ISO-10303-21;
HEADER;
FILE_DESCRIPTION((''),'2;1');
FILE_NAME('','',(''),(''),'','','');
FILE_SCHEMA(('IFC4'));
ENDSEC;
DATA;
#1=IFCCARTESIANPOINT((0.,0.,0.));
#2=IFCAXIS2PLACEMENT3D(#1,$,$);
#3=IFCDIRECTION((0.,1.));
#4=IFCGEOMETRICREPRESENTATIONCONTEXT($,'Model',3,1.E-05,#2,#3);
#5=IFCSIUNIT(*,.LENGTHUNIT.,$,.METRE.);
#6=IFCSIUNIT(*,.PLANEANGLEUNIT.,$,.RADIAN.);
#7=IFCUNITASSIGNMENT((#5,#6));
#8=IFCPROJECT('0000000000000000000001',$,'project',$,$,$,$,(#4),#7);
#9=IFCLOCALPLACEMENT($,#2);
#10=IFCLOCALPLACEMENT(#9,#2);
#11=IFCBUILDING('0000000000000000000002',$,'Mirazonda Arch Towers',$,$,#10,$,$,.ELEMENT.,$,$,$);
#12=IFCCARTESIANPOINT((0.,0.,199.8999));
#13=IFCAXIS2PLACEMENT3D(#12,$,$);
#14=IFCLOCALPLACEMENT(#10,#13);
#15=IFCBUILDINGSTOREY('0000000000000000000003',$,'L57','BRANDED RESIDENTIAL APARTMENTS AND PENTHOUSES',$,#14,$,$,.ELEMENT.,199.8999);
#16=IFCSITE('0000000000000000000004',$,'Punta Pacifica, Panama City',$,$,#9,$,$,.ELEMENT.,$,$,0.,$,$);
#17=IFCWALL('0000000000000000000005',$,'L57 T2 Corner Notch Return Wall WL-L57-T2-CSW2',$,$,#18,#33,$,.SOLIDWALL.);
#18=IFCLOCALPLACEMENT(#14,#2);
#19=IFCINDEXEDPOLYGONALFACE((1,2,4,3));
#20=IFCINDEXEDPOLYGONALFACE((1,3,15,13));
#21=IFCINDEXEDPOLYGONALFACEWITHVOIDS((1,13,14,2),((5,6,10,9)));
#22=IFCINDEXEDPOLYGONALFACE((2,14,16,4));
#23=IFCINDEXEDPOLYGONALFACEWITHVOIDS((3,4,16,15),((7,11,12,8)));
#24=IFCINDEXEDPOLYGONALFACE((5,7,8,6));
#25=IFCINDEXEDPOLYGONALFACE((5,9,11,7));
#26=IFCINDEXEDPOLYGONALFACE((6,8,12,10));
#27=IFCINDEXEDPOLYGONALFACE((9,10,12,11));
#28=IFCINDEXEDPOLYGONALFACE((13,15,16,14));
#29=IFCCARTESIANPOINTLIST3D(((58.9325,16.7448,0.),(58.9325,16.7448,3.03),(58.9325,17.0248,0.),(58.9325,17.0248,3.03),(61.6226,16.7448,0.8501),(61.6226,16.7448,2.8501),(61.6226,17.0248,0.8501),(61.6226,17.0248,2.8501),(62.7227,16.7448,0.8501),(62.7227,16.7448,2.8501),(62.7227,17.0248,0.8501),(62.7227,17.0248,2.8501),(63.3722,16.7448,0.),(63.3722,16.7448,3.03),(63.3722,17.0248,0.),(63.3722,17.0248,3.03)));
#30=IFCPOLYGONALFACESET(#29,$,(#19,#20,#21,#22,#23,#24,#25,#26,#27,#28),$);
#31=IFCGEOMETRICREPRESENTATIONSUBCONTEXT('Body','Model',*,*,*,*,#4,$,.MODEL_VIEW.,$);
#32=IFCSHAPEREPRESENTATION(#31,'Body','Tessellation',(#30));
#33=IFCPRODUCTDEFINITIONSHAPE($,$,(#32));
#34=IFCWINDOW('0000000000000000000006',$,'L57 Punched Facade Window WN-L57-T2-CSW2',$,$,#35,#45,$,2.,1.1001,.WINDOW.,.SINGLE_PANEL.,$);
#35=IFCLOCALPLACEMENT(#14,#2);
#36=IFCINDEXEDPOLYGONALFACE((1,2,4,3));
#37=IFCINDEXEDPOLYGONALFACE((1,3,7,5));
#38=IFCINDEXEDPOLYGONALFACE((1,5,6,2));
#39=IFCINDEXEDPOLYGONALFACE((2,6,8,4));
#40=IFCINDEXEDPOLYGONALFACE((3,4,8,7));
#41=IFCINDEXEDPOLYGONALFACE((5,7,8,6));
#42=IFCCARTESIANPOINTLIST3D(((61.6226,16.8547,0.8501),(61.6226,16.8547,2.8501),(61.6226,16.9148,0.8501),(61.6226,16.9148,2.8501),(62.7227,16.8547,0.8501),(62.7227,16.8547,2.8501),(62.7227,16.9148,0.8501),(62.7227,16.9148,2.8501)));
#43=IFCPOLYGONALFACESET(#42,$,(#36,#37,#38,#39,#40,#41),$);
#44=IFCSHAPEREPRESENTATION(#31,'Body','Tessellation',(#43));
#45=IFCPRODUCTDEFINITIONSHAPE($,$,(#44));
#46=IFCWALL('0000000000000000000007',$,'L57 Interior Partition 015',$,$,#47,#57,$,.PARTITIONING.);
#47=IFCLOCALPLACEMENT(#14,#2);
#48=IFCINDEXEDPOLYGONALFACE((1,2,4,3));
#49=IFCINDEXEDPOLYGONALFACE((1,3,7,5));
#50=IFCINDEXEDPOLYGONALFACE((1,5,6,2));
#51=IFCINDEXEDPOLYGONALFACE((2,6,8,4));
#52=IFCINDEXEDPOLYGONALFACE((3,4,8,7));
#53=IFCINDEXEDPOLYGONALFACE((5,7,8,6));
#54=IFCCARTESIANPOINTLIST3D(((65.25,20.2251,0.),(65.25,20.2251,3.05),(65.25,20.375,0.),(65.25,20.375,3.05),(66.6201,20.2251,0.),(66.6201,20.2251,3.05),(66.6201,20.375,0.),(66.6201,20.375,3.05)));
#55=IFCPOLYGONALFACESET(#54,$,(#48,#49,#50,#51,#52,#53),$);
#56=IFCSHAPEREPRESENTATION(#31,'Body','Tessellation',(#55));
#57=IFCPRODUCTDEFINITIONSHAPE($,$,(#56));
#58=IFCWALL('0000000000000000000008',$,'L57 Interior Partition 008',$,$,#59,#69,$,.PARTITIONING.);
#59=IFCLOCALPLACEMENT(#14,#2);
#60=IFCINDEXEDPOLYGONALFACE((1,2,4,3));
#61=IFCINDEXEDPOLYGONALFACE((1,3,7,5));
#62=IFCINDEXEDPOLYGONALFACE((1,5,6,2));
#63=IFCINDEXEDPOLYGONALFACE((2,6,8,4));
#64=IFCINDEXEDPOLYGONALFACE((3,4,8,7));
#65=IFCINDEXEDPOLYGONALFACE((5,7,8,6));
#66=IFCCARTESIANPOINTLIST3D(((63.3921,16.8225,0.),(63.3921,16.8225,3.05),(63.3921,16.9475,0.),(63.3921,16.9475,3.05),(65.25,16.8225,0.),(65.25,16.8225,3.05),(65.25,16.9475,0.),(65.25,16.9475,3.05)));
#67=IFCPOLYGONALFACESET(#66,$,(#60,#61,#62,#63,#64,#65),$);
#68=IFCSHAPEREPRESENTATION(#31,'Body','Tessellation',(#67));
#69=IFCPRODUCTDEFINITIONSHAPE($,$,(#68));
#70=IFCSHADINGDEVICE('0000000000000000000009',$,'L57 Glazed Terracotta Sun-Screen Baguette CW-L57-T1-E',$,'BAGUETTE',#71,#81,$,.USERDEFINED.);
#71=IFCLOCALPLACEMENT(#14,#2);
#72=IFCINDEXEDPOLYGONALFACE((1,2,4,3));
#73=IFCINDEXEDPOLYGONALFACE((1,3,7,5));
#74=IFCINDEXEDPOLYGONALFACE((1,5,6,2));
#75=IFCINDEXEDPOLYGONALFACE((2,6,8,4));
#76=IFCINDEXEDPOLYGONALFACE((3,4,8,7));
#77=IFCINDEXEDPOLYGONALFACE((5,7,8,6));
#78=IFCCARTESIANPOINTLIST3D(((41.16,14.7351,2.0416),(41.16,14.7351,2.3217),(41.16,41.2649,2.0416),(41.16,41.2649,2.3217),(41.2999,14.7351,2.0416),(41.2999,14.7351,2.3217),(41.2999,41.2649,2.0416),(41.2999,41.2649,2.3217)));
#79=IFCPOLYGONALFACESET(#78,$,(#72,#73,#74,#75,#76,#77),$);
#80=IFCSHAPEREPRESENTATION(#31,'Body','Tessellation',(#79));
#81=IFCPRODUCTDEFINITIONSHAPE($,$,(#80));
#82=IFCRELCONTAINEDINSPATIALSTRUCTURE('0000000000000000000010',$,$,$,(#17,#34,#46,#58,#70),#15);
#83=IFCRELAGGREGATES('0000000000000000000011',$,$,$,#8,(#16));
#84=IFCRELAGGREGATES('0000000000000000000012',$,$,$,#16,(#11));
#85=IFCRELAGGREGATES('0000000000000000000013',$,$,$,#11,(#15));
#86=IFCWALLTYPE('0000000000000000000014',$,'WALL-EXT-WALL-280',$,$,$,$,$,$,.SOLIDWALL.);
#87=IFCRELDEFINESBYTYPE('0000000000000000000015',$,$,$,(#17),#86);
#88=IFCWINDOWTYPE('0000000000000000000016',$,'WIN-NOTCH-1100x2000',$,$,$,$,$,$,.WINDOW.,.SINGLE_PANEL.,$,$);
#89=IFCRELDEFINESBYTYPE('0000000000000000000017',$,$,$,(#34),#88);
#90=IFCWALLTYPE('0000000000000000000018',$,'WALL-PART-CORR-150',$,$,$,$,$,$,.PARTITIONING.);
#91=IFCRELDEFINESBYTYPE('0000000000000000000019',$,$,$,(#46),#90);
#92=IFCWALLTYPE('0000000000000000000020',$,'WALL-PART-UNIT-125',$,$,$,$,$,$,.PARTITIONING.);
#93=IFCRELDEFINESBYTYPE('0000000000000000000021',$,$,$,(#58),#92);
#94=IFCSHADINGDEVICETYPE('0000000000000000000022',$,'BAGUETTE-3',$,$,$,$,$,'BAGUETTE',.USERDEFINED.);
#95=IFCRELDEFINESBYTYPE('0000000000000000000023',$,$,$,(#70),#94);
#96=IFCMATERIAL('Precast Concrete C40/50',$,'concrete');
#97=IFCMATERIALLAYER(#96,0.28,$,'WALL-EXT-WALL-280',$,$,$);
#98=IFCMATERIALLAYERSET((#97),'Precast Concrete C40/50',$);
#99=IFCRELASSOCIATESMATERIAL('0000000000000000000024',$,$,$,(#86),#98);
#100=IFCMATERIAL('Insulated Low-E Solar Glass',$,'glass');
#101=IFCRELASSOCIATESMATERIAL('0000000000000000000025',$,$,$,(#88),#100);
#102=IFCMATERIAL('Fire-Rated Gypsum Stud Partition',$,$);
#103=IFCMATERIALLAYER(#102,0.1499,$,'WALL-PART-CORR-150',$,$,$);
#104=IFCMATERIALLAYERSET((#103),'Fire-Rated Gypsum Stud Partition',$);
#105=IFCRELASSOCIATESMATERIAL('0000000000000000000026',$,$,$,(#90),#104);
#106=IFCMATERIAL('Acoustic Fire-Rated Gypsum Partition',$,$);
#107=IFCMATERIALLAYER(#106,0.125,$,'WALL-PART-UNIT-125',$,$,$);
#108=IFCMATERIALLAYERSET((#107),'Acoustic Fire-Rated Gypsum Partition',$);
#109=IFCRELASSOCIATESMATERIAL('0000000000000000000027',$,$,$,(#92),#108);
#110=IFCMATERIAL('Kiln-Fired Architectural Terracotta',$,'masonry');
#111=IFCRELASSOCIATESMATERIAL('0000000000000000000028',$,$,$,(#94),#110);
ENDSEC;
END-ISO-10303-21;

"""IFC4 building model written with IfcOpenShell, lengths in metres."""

from ifc_helpers import new_model, si_unit, direction, frame, frame_2d, origin, origin_2d, place, context, subcontext, project, spatial, rectangle, extrude, material, layer, layer_set, material_profile, profile_set, type_object, element, fill, save


model = new_model("IFC4")

# Units and contexts
model_context = context("Model", 3, precision=1e-05, world=origin(), true_north=direction((0.0, 1.0)))
body_context = subcontext(model_context, "Body", "Model", "MODEL_VIEW")
ifc_project = project(units=[si_unit("LENGTHUNIT", "METRE"), si_unit("PLANEANGLEUNIT", "RADIAN")], contexts=[model_context])

# Site, building, storey
site_placement = place(None, origin())
site = spatial("IfcSite", under=ifc_project, at=site_placement, Name="Punta Pacifica, Panama City", CompositionType="ELEMENT", RefElevation=0.0)
building_placement = place(site_placement, origin())
building = spatial("IfcBuilding", under=site, at=building_placement, Name="Mirazonda Arch Towers", CompositionType="ELEMENT")
storey_placement = place(building_placement, frame((0.0, 0.0, 199.8999)))
storey = spatial("IfcBuildingStorey", under=building, at=storey_placement, Name="L57", Description="BRANDED RESIDENTIAL APARTMENTS AND PENTHOUSES", CompositionType="ELEMENT", Elevation=199.8999)

# Shared definitions
ifc_material_1 = material(Name="Insulated Low-E Solar Glass", Category="glass")

# Wall, opening, window
ifc_material_2 = material(Name="Precast Concrete C40/50", Category="concrete")
ifc_layer_1 = layer(ifc_material_2, 0.28, Name="WALL-EXT-WALL-280")
ifc_layer_set_1 = layer_set([ifc_layer_1], Name="Precast Concrete C40/50")
wall_type_1 = type_object("IfcWallType", Name="WALL-EXT-WALL-280", PredefinedType="SOLIDWALL", material=ifc_layer_set_1)
wall_1_placement = place(storey_placement, frame((58.9326, 16.8848, 0.0), z_axis=(0.0, 0.0, 1.0), x_axis=(1.0, 0.0, 0.0)))
wall_1 = element("IfcWall", 1, at=wall_1_placement, inside=storey, type_object=wall_type_1, Name="L57 T2 Corner Notch Return Wall WL-L57-T2-CSW2", PredefinedType="SOLIDWALL", context=body_context, shape_type="SweptSolid", body=[
    extrude(rectangle(XDim=4.4397, YDim=0.28, at=frame_2d((2.2197, 0.0))), origin(), (0.0, 0.0, 1.0), 3.03),
])
opening_1_placement = place(wall_1_placement, frame((2.6899, 0.0, 0.8501)))
opening_1 = element("IfcOpeningElement", 2, at=opening_1_placement, cuts=wall_1, PredefinedType="OPENING", context=body_context, shape_type="SweptSolid", body=[
    extrude(rectangle(XDim=1.1001, YDim=2.0, at=frame_2d((0.55, 1.0))), frame((0.0, 0.1499, 0.0), z_axis=(0.0, -1.0, 0.0), x_axis=(1.0, 0.0, 0.0)), (0.0, 0.0, 1.0), 0.3),
])
window_type_1 = type_object("IfcWindowType", Name="WIN-NOTCH-1100x2000", PartitioningType="SINGLE_PANEL", PredefinedType="WINDOW", material=ifc_material_1)
window_1_placement = place(opening_1_placement, origin())
window_1 = element("IfcWindow", 3, at=window_1_placement, inside=storey, type_object=window_type_1, Name="L57 Punched Facade Window WN-L57-T2-CSW2", OverallHeight=2.0, OverallWidth=1.1001, PartitioningType="SINGLE_PANEL", PredefinedType="WINDOW", context=body_context, shape_type="SweptSolid", body=[
    extrude(rectangle(XDim=1.1001, YDim=2.0, at=frame_2d((0.55, 1.0))), frame((0.0, 0.03, 0.0), z_axis=(0.0, -1.0, 0.0), x_axis=(1.0, 0.0, 0.0)), (0.0, 0.0, 1.0), 0.0601),
])
fill(opening_1, window_1)

# Wall
ifc_material_3 = material(Name="Fire-Rated Gypsum Stud Partition")
ifc_layer_2 = layer(ifc_material_3, 0.1499, Name="WALL-PART-CORR-150")
ifc_layer_set_2 = layer_set([ifc_layer_2], Name="Fire-Rated Gypsum Stud Partition")
wall_type_2 = type_object("IfcWallType", Name="WALL-PART-CORR-150", PredefinedType="PARTITIONING", material=ifc_layer_set_2)
wall_2_placement = place(storey_placement, frame((65.25, 20.3, 0.0), z_axis=(0.0, 0.0, 1.0), x_axis=(1.0, 0.0, 0.0)))
element("IfcWall", 4, at=wall_2_placement, inside=storey, type_object=wall_type_2, Name="L57 Interior Partition 015", PredefinedType="PARTITIONING", context=body_context, shape_type="SweptSolid", body=[
    extrude(rectangle(XDim=1.3701, YDim=0.1499, at=frame_2d((0.6851, 0.0))), origin(), (0.0, 0.0, 1.0), 3.05),
])

# Wall
ifc_material_4 = material(Name="Acoustic Fire-Rated Gypsum Partition")
ifc_layer_3 = layer(ifc_material_4, 0.125, Name="WALL-PART-UNIT-125")
ifc_layer_set_3 = layer_set([ifc_layer_3], Name="Acoustic Fire-Rated Gypsum Partition")
wall_type_3 = type_object("IfcWallType", Name="WALL-PART-UNIT-125", PredefinedType="PARTITIONING", material=ifc_layer_set_3)
wall_3_placement = place(storey_placement, frame((63.3921, 16.885, 0.0), z_axis=(0.0, 0.0, 1.0), x_axis=(1.0, 0.0, 0.0)))
element("IfcWall", 5, at=wall_3_placement, inside=storey, type_object=wall_type_3, Name="L57 Interior Partition 008", PredefinedType="PARTITIONING", context=body_context, shape_type="SweptSolid", body=[
    extrude(rectangle(XDim=1.8579, YDim=0.125, at=frame_2d((0.929, 0.0))), origin(), (0.0, 0.0, 1.0), 3.05),
])

# Shading device
ifc_material_5 = material(Name="Kiln-Fired Architectural Terracotta", Category="masonry")
ifc_material_profile_1 = material_profile(ifc_material_5, rectangle(XDim=0.1399, YDim=0.28, at=origin_2d()), Name="TERRA-BAG-140x280")
ifc_profile_set_1 = profile_set([ifc_material_profile_1], Name="Kiln-Fired Architectural Terracotta")
shading_device_type = type_object("IfcShadingDeviceType", Name="BAGUETTE-3", ElementType="BAGUETTE", PredefinedType="USERDEFINED", material=ifc_profile_set_1)
shading_device_placement = place(storey_placement, frame((41.23, 14.7351, 2.1816), z_axis=(0.0, 1.0, 0.0), x_axis=(-1.0, 0.0, 0.0)))
element("IfcShadingDevice", 6, at=shading_device_placement, inside=storey, type_object=shading_device_type, Name="L57 Glazed Terracotta Sun-Screen Baguette CW-L57-T1-E", ObjectType="BAGUETTE", PredefinedType="USERDEFINED", context=body_context, shape_type="SweptSolid", body=[
    extrude(rectangle(XDim=0.1399, YDim=0.28, at=origin_2d()), origin(), (0.0, 0.0, 1.0), 26.5298),
])

save(model, "model.ifc")
